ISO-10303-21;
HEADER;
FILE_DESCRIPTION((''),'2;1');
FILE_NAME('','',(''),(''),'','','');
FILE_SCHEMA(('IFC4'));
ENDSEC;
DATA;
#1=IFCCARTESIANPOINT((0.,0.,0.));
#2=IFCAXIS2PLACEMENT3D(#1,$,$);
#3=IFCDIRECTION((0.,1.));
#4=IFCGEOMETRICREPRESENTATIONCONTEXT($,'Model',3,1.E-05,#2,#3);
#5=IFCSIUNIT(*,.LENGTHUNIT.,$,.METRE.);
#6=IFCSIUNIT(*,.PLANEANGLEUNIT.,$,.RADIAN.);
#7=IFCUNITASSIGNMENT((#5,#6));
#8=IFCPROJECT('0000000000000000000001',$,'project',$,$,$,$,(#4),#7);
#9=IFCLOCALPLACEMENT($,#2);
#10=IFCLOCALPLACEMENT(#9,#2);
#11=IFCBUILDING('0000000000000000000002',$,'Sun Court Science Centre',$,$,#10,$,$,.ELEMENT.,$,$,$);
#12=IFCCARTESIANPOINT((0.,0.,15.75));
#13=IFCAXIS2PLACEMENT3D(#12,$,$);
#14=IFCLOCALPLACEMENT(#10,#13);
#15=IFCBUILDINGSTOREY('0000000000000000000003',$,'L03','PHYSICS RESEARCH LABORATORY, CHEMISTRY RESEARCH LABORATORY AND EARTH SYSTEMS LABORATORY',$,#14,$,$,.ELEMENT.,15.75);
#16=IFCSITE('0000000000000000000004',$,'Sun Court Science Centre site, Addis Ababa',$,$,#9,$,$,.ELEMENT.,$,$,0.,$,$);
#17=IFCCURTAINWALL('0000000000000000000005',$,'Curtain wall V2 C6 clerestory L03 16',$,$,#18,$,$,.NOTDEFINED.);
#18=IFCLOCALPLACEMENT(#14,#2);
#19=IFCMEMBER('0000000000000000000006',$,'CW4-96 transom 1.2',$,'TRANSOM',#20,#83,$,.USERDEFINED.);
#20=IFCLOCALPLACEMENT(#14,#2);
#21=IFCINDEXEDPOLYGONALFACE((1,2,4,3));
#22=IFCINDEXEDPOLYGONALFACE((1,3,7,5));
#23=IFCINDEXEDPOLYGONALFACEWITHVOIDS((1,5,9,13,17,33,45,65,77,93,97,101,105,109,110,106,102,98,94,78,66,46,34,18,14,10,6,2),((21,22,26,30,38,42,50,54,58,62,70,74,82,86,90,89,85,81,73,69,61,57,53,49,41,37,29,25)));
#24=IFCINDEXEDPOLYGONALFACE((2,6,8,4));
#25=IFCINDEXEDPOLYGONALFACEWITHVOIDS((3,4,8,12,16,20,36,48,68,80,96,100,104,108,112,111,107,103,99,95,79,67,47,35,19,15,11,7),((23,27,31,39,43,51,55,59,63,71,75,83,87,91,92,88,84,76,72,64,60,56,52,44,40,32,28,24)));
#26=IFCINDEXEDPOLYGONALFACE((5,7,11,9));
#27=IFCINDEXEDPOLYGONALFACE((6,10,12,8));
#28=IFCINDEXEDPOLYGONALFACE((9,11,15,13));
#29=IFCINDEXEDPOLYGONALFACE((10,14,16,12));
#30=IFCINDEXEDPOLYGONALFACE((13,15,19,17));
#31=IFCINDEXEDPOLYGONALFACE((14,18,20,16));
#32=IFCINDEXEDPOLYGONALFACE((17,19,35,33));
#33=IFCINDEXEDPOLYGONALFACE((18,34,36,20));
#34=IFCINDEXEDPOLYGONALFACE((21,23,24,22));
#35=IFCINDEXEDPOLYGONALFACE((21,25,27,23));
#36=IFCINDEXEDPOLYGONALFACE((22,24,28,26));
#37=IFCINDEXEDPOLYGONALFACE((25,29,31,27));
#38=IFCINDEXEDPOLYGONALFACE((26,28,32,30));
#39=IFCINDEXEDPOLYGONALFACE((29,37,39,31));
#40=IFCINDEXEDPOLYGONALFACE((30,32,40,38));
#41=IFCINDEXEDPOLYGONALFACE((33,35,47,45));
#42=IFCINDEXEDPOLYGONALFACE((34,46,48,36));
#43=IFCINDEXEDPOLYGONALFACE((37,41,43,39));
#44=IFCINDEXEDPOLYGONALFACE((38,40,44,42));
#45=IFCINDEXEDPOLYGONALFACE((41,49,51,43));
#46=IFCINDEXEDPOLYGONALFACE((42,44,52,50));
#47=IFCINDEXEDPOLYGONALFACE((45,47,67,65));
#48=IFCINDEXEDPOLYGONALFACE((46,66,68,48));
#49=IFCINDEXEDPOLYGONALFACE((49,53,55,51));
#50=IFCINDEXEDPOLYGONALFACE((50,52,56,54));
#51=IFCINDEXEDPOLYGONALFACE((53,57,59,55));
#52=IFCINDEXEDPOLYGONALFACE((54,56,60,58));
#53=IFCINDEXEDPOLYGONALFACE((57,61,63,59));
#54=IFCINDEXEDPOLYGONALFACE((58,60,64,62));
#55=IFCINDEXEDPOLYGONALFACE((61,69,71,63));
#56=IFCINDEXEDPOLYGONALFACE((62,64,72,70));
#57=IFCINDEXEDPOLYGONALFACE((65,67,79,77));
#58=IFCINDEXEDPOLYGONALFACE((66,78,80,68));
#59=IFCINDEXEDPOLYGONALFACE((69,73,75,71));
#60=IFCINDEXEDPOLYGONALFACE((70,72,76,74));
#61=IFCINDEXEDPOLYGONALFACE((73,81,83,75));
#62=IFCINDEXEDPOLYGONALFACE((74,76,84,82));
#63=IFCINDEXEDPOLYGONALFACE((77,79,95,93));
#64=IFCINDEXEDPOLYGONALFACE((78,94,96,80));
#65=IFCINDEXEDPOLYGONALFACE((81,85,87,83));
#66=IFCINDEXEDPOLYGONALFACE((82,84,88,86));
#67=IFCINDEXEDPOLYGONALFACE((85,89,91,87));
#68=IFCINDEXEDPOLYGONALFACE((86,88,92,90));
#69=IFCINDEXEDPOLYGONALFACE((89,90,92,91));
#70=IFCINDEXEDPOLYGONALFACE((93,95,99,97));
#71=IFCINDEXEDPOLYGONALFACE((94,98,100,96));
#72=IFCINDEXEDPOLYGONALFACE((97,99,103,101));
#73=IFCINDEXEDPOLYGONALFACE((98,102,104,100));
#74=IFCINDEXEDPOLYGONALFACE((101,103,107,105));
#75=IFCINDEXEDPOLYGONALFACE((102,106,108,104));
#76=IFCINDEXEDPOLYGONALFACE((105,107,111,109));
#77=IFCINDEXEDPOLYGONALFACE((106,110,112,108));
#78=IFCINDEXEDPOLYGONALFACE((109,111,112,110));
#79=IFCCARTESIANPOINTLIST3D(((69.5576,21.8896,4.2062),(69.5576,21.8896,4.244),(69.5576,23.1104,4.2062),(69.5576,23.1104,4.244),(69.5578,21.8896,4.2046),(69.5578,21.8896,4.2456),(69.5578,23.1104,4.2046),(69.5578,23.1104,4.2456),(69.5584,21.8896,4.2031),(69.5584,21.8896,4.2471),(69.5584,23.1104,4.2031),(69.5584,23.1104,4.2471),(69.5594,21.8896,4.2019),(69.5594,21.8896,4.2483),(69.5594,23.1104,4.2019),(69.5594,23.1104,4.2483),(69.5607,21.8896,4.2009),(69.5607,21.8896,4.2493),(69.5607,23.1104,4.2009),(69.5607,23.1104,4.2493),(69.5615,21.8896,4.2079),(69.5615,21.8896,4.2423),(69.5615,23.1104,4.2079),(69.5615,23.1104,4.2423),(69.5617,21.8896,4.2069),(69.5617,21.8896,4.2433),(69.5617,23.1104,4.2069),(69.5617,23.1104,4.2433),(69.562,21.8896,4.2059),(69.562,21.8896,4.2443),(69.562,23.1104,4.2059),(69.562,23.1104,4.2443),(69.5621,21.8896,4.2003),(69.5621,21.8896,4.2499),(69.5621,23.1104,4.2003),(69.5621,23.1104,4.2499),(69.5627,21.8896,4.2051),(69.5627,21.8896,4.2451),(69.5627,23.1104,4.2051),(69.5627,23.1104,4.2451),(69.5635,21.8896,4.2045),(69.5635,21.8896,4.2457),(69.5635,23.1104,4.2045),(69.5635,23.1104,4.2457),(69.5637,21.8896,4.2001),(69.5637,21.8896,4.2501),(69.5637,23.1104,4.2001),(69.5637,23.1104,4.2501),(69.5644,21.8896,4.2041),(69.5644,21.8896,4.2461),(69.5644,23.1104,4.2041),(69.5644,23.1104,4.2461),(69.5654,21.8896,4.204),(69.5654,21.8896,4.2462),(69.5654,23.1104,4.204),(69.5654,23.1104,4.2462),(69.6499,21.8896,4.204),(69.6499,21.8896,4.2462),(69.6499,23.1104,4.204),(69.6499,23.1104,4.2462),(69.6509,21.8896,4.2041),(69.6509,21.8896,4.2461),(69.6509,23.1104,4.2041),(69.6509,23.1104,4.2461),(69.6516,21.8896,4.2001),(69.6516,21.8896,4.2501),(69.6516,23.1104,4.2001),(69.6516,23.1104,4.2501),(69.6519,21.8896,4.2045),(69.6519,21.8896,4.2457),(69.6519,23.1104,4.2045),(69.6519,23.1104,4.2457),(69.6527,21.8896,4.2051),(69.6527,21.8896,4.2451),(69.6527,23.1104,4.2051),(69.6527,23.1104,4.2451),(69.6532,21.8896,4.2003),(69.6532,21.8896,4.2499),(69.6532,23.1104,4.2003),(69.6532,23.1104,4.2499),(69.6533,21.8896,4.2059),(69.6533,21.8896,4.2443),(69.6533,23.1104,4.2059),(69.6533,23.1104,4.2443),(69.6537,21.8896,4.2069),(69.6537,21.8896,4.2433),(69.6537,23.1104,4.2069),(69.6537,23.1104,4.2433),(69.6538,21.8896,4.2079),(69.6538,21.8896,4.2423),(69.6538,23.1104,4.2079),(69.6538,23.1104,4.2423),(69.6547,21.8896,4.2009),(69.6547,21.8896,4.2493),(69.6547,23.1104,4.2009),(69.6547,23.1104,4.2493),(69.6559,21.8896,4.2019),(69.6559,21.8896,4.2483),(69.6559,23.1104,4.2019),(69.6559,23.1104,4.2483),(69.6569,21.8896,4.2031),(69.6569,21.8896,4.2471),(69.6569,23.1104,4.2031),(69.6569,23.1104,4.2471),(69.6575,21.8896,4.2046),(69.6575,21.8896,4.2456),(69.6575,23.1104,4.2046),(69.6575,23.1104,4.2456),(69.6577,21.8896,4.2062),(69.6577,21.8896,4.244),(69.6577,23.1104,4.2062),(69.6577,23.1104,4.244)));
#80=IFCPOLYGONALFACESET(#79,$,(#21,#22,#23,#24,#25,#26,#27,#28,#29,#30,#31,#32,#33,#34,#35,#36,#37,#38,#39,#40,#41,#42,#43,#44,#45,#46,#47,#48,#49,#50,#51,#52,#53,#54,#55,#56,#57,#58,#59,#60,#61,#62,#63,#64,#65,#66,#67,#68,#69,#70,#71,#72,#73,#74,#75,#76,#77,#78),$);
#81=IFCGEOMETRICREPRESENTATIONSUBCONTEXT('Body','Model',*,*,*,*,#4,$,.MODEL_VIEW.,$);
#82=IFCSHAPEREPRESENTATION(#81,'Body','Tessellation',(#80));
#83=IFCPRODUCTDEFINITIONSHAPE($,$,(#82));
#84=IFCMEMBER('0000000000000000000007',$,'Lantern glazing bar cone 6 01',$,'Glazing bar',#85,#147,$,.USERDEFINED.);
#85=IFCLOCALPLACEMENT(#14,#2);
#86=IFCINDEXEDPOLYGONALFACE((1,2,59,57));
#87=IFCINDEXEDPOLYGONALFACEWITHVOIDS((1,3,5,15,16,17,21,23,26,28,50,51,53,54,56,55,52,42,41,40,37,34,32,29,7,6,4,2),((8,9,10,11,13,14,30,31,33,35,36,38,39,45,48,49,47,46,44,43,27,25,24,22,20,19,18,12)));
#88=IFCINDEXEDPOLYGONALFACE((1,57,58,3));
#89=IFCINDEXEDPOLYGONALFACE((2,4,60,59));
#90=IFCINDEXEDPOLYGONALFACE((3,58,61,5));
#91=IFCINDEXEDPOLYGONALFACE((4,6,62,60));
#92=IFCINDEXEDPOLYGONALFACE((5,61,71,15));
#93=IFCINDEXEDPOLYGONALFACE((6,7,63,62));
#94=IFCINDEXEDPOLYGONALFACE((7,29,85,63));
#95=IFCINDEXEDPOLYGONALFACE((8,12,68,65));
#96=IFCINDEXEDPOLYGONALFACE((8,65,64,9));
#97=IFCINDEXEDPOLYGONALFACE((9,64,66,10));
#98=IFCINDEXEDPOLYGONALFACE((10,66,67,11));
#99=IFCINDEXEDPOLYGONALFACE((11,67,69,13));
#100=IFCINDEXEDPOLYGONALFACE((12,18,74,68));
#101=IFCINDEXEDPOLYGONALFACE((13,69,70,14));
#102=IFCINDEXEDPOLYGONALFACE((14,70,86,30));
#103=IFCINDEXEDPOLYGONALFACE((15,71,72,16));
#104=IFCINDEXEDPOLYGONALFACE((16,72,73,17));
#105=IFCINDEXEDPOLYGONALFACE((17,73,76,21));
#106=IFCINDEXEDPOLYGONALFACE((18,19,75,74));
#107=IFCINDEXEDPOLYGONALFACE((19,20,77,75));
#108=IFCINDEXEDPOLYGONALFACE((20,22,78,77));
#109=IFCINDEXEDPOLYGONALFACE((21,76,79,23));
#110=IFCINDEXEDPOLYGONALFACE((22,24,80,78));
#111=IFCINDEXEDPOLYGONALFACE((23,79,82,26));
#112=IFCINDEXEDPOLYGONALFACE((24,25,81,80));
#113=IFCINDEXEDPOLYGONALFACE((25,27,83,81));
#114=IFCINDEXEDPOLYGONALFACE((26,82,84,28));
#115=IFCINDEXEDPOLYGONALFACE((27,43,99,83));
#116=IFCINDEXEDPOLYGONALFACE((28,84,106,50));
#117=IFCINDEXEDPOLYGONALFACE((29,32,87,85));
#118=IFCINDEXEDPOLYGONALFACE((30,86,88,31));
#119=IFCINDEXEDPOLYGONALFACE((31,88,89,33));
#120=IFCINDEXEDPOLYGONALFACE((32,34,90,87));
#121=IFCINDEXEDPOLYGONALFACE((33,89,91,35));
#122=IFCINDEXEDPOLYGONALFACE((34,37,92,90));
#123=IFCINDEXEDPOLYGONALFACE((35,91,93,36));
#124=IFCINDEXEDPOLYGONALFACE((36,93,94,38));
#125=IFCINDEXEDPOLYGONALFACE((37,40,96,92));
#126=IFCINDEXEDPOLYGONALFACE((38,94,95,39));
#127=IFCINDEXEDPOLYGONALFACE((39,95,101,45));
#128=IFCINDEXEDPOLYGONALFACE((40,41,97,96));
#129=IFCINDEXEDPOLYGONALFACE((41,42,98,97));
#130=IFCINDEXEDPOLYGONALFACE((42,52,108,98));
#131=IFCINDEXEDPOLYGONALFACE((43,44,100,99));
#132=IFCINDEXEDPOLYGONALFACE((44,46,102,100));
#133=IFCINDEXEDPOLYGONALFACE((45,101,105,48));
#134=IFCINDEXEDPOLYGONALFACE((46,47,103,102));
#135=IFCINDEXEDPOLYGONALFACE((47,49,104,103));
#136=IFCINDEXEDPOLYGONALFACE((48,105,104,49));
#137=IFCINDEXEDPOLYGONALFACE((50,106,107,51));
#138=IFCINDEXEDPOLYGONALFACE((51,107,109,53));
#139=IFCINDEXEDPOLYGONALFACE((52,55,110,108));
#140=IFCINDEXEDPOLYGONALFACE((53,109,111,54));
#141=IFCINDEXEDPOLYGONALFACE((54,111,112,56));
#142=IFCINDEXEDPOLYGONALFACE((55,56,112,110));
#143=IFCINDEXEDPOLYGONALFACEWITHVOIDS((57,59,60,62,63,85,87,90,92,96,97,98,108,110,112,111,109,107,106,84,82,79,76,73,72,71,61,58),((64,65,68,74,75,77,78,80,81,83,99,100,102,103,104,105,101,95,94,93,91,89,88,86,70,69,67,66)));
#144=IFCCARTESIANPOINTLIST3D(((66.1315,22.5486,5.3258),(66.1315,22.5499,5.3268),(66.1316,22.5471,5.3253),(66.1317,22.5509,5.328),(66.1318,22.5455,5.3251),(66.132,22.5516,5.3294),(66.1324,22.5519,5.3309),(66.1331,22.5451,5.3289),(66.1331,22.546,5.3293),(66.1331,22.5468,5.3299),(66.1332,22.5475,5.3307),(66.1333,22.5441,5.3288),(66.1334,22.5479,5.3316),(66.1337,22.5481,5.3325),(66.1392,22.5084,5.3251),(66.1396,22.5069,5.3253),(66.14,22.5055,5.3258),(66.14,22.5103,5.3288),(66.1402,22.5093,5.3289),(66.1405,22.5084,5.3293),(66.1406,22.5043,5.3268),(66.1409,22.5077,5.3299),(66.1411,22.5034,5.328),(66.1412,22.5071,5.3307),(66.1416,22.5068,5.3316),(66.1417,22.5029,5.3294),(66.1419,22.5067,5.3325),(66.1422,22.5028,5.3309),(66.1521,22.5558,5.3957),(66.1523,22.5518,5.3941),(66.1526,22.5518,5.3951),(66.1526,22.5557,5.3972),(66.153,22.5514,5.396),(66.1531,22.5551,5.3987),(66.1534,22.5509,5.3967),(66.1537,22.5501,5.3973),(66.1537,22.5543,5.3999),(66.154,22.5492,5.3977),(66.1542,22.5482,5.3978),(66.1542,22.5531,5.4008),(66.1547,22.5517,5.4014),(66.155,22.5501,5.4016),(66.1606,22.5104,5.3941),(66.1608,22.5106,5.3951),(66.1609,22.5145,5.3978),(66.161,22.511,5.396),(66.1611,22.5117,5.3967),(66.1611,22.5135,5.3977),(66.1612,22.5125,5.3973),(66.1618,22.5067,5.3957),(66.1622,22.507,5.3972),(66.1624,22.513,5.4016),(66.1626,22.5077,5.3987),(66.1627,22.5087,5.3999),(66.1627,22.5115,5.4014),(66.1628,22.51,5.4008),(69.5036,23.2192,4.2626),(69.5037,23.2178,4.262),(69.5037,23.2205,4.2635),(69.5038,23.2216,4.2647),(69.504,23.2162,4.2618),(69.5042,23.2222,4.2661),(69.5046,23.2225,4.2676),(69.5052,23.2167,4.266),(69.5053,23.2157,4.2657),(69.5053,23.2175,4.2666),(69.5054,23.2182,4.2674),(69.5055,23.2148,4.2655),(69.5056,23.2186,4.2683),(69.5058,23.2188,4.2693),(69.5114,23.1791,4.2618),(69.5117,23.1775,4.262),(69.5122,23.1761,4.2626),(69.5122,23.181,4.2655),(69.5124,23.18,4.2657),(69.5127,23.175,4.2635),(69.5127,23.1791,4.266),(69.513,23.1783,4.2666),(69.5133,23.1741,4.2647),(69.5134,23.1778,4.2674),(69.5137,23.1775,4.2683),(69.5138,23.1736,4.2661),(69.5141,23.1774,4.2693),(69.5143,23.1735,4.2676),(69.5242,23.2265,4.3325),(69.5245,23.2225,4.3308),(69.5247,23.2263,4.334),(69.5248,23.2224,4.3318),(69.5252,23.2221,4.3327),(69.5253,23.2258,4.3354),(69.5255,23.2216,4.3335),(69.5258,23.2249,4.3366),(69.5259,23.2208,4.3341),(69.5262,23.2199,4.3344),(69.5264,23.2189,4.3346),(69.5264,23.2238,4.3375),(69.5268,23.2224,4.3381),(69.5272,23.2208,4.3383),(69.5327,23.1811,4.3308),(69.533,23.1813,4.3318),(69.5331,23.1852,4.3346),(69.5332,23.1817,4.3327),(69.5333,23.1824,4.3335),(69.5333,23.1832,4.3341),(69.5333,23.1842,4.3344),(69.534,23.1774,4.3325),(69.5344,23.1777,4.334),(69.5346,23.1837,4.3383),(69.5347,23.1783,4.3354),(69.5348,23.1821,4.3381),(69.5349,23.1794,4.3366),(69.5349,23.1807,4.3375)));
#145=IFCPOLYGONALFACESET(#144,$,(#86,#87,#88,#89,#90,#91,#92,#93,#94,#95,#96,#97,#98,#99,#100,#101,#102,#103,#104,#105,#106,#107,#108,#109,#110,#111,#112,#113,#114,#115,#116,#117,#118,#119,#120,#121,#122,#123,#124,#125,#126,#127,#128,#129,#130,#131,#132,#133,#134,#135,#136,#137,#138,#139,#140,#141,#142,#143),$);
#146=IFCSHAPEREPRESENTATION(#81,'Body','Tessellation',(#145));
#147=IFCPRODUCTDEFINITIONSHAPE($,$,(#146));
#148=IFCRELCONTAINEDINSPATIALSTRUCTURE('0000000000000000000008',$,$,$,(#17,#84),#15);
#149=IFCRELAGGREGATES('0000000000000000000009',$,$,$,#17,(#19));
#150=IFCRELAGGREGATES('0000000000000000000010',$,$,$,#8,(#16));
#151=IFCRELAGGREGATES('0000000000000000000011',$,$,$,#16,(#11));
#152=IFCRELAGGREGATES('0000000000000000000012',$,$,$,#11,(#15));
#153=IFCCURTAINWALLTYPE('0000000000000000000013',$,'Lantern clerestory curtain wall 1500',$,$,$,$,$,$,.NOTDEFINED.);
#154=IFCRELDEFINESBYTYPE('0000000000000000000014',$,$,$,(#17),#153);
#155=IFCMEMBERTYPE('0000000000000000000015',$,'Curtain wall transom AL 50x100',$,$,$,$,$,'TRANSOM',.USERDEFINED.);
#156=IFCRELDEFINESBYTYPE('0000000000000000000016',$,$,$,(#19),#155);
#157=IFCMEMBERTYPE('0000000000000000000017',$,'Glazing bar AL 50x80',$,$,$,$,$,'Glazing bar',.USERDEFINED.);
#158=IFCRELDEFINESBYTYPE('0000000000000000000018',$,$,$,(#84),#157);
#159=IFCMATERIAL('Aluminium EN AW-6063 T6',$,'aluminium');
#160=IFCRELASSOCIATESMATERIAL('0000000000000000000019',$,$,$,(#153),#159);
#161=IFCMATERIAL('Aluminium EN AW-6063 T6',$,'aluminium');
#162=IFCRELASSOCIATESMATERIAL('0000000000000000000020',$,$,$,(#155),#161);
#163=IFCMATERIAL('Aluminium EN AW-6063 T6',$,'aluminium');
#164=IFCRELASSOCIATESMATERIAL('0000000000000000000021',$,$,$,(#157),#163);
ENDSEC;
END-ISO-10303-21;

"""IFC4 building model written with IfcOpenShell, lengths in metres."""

from ifc_helpers import new_model, si_unit, direction, frame, origin, origin_2d, place, context, subcontext, project, spatial, hollow_rectangle, extrude, material, material_profile, profile_set, type_object, element, aggregate, save


model = new_model("IFC4")

# Units and contexts
model_context = context("Model", 3, precision=1e-05, world=origin(), true_north=direction((0.0, 1.0)))
body_context = subcontext(model_context, "Body", "Model", "MODEL_VIEW")
ifc_project = project(units=[si_unit("LENGTHUNIT", "METRE"), si_unit("PLANEANGLEUNIT", "RADIAN")], contexts=[model_context])

# Site, building, storey
site_placement = place(None, origin())
site = spatial("IfcSite", under=ifc_project, at=site_placement, Name="Sun Court Science Centre site, Addis Ababa", CompositionType="ELEMENT", RefElevation=0.0)
building_placement = place(site_placement, origin())
building = spatial("IfcBuilding", under=site, at=building_placement, Name="Sun Court Science Centre", CompositionType="ELEMENT")
storey_placement = place(building_placement, frame((0.0, 0.0, 15.75)))
storey = spatial("IfcBuildingStorey", under=building, at=storey_placement, Name="L03", Description="PHYSICS RESEARCH LABORATORY, CHEMISTRY RESEARCH LABORATORY AND EARTH SYSTEMS LABORATORY", CompositionType="ELEMENT", Elevation=15.75)

# Shared definitions
ifc_material_1 = material(Name="Aluminium EN AW-6063 T6", Category="aluminium")
curtain_wall_type = type_object("IfcCurtainWallType", Name="Lantern clerestory curtain wall 1500", PredefinedType="NOTDEFINED", material=ifc_material_1)

# Curtain wall
curtain_wall_1_placement = place(storey_placement, origin())
curtain_wall_1 = element("IfcCurtainWall", 1, at=curtain_wall_1_placement, inside=storey, type_object=curtain_wall_type, Name="Curtain wall V2 C6 clerestory L03 16", PredefinedType="NOTDEFINED")

# Member
ifc_material_2 = material(Name="Aluminium EN AW-6063 T6", Category="aluminium")
ifc_material_profile_1 = material_profile(ifc_material_2, hollow_rectangle(XDim=0.05, YDim=0.1001, WallThickness=0.0039, InnerFilletRadius=0.0039, OuterFilletRadius=0.0061, at=origin_2d()), Name="AL 50x100x4")
ifc_profile_set_1 = profile_set([ifc_material_profile_1], Name="Aluminium EN AW-6063 T6")
member_type_1 = type_object("IfcMemberType", Name="Curtain wall transom AL 50x100", ElementType="TRANSOM", PredefinedType="USERDEFINED", material=ifc_profile_set_1)
member_1_placement = place(storey_placement, frame((69.6077, 23.1104, 4.2251), z_axis=(0.0, -1.0, 0.0), x_axis=(0.0, 0.0, 1.0)))
member_1 = element("IfcMember", 2, at=member_1_placement, type_object=member_type_1, Name="CW4-96 transom 1.2", ObjectType="TRANSOM", PredefinedType="USERDEFINED", context=body_context, shape_type="SweptSolid", body=[
    extrude(hollow_rectangle(XDim=0.05, YDim=0.1001, WallThickness=0.0039, InnerFilletRadius=0.0039, OuterFilletRadius=0.0061, at=origin_2d()), origin(), (0.0, 0.0, 1.0), 1.2207),
])

# Member
ifc_material_3 = material(Name="Aluminium EN AW-6063 T6", Category="aluminium")
ifc_material_profile_2 = material_profile(ifc_material_3, hollow_rectangle(XDim=0.05, YDim=0.0801, WallThickness=0.0039, InnerFilletRadius=0.0039, OuterFilletRadius=0.0061, at=origin_2d()), Name="AL 50x80x4")
ifc_profile_set_2 = profile_set([ifc_material_profile_2], Name="Aluminium EN AW-6063 T6")
member_type_2 = type_object("IfcMemberType", Name="Glazing bar AL 50x80", ElementType="Glazing bar", PredefinedType="USERDEFINED", material=ifc_profile_set_2)
member_2_placement = place(storey_placement, frame((69.5193, 23.2, 4.3), z_axis=(-0.937008, -0.186357, 0.295444), x_axis=(0.195065, -0.98079, 0.0)))
element("IfcMember", 3, at=member_2_placement, inside=storey, type_object=member_type_2, Name="Lantern glazing bar cone 6 01", ObjectType="Glazing bar", PredefinedType="USERDEFINED", context=body_context, shape_type="SweptSolid", body=[
    extrude(hollow_rectangle(XDim=0.05, YDim=0.0801, WallThickness=0.0039, InnerFilletRadius=0.0039, OuterFilletRadius=0.0061, at=origin_2d()), origin(), (0.0, 0.0, 1.0), 3.5989),
])

aggregate(curtain_wall_1, [member_1])

save(model, "model.ifc")
